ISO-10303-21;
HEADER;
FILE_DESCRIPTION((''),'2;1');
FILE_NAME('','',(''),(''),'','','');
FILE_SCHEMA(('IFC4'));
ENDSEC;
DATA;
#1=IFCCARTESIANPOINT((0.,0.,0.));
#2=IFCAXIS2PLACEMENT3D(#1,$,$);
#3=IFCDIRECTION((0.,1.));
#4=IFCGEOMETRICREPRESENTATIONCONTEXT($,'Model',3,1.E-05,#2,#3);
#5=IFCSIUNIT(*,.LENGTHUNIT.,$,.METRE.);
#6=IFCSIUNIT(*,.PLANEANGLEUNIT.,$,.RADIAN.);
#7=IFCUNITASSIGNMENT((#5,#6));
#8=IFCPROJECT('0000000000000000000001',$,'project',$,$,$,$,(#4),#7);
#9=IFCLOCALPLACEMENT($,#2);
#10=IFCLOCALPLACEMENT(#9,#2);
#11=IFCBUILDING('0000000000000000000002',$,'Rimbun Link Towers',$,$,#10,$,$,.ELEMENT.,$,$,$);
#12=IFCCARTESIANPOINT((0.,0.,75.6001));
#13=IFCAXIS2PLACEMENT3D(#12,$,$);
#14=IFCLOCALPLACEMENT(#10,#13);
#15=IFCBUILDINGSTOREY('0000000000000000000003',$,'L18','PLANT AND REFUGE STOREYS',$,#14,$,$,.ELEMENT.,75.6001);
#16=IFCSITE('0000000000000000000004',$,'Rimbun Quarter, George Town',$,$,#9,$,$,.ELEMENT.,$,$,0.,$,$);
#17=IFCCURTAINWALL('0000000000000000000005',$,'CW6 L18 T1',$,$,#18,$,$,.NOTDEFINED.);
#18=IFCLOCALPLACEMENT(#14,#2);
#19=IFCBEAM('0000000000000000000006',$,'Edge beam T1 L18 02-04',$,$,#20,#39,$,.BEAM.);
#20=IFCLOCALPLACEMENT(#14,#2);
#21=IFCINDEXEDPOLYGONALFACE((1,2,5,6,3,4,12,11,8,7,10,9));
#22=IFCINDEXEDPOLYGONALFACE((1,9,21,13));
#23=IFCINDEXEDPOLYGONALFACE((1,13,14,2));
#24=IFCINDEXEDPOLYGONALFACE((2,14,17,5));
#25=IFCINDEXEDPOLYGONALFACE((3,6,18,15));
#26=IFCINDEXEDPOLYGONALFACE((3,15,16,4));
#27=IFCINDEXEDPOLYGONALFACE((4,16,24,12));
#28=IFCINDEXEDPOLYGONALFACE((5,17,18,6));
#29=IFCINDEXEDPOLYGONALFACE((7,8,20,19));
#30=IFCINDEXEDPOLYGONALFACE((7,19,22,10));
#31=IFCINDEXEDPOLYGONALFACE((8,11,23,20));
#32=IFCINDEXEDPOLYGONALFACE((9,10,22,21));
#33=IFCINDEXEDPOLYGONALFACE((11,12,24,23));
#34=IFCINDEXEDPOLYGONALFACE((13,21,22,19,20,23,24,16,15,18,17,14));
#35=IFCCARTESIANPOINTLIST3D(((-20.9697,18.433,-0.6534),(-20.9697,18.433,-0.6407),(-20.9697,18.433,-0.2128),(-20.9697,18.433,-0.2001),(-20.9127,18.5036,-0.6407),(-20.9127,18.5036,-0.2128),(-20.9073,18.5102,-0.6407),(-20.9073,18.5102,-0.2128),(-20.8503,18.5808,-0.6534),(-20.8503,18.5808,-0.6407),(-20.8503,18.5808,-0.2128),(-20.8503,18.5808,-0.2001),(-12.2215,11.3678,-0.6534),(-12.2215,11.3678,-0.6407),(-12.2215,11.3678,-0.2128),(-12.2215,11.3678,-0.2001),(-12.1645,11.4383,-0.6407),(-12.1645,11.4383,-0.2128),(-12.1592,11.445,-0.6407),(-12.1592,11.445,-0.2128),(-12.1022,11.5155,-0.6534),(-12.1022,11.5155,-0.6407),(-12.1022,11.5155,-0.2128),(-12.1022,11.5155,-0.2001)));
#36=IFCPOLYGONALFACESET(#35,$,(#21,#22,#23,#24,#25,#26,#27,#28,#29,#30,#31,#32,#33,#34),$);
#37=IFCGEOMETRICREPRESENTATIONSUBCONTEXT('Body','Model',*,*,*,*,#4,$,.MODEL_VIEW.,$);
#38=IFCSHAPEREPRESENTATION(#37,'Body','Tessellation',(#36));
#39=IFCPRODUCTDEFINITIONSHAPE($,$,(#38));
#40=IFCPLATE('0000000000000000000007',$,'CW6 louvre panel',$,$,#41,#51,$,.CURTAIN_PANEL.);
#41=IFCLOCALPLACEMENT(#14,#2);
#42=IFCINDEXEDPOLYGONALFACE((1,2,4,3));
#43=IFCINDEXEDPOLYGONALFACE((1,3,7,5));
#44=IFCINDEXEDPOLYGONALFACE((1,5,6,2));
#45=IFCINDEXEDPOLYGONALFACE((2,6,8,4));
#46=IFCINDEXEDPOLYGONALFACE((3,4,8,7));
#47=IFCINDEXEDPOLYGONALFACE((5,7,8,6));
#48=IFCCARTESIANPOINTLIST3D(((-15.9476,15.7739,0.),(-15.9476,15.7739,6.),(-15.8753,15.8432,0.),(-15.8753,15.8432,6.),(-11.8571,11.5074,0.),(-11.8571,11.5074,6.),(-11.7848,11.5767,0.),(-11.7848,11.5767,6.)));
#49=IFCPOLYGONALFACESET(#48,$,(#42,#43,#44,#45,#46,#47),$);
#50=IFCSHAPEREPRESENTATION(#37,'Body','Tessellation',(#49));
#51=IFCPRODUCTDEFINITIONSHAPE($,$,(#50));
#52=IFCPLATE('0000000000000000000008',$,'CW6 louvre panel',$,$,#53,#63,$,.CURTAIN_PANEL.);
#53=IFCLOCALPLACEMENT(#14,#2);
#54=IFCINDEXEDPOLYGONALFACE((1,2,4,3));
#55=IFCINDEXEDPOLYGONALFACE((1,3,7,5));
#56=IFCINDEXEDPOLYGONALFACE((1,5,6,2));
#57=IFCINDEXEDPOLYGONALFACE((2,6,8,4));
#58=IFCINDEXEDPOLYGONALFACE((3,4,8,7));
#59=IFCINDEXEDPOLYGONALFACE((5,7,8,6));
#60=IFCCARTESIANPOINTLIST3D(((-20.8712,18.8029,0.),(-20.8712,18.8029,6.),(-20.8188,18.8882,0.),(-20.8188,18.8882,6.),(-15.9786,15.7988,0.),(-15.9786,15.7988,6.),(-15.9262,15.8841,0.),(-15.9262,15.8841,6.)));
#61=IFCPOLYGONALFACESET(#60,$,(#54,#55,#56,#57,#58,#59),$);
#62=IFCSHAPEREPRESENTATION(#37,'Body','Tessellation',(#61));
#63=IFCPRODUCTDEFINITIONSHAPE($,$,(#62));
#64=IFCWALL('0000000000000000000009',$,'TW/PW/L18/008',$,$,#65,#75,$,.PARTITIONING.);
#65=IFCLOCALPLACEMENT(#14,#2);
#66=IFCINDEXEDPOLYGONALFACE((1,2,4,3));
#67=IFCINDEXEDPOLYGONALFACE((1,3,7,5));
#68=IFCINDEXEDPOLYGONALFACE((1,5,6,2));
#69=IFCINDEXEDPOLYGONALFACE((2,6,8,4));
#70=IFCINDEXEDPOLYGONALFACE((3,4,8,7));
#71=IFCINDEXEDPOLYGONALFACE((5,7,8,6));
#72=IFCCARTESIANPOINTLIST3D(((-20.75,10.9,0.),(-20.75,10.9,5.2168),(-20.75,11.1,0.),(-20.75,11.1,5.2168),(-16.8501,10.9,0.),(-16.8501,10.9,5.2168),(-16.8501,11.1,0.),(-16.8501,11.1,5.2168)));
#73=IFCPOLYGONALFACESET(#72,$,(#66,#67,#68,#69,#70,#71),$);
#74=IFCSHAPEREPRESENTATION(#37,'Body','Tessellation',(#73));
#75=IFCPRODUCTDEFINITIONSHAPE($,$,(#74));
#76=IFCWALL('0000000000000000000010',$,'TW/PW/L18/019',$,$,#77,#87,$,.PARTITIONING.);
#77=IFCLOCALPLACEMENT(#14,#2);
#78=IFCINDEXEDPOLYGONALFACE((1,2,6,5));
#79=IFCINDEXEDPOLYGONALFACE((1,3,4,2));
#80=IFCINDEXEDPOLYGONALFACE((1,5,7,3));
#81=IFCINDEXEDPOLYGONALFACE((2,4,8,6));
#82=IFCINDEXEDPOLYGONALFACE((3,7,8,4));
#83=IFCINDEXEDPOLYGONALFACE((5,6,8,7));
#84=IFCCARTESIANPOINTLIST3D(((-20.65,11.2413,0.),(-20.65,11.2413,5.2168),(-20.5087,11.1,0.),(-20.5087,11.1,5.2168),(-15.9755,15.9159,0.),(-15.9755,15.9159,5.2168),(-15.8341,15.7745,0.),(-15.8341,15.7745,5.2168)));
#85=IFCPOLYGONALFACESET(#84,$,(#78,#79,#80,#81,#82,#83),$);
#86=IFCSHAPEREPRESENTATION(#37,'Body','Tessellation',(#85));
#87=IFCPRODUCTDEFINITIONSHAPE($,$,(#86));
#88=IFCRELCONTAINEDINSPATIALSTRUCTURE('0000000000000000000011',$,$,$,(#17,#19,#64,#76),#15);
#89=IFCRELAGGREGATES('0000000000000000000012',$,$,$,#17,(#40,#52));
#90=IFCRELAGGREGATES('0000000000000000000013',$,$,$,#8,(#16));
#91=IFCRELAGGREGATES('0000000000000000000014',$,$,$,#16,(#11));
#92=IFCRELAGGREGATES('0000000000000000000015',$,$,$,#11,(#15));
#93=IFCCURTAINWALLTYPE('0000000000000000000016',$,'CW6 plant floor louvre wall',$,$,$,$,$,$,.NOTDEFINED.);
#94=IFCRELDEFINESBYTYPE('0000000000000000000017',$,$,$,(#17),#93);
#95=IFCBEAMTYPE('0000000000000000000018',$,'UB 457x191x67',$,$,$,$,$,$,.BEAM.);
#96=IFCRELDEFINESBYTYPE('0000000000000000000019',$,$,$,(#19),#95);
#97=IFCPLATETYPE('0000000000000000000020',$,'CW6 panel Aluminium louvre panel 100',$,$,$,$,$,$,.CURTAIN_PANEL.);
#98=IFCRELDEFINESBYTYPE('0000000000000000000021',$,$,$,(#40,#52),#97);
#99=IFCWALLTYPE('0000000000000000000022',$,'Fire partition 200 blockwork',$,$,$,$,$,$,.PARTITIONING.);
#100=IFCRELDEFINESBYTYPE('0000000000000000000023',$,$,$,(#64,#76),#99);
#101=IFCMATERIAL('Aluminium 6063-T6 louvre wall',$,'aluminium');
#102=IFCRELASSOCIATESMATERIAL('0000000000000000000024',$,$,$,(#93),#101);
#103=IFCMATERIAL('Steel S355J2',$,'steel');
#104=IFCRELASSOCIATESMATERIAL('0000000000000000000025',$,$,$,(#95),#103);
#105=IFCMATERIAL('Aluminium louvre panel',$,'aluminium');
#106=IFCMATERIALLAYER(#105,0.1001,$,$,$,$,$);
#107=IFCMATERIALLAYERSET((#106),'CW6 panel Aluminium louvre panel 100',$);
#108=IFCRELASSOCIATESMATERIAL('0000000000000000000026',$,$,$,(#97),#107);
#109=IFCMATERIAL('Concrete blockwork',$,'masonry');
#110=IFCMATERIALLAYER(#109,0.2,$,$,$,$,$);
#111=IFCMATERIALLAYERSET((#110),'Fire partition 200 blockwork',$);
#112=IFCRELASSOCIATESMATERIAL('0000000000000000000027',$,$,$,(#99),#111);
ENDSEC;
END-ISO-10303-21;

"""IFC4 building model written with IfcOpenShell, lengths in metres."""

from ifc_helpers import new_model, si_unit, direction, frame, frame_2d, origin, origin_2d, place, context, subcontext, project, spatial, rectangle, i_section, extrude, material, layer, layer_set, material_profile, profile_set, type_object, element, aggregate, save


model = new_model("IFC4")

# Units and contexts
model_context = context("Model", 3, precision=1e-05, world=origin(), true_north=direction((0.0, 1.0)))
body_context = subcontext(model_context, "Body", "Model", "MODEL_VIEW")
ifc_project = project(units=[si_unit("LENGTHUNIT", "METRE"), si_unit("PLANEANGLEUNIT", "RADIAN")], contexts=[model_context])

# Site, building, storey
site_placement = place(None, origin())
site = spatial("IfcSite", under=ifc_project, at=site_placement, Name="Rimbun Quarter, George Town", CompositionType="ELEMENT", RefElevation=0.0)
building_placement = place(site_placement, origin())
building = spatial("IfcBuilding", under=site, at=building_placement, Name="Rimbun Link Towers", CompositionType="ELEMENT")
storey_placement = place(building_placement, frame((0.0, 0.0, 75.6001)))
storey = spatial("IfcBuildingStorey", under=building, at=storey_placement, Name="L18", Description="PLANT AND REFUGE STOREYS", CompositionType="ELEMENT", Elevation=75.6001)

# Curtain wall
ifc_material_1 = material(Name="Aluminium 6063-T6 louvre wall", Category="aluminium")
curtain_wall_type = type_object("IfcCurtainWallType", Name="CW6 plant floor louvre wall", PredefinedType="NOTDEFINED", material=ifc_material_1)
curtain_wall_placement = place(storey_placement, origin())
curtain_wall = element("IfcCurtainWall", 1, at=curtain_wall_placement, inside=storey, type_object=curtain_wall_type, Name="CW6 L18 T1", PredefinedType="NOTDEFINED")

# Beam
ifc_material_2 = material(Name="Steel S355J2", Category="steel")
ifc_material_profile_1 = material_profile(ifc_material_2, i_section(OverallWidth=0.1899, OverallDepth=0.4534, WebThickness=0.0085, FlangeThickness=0.0127, at=origin_2d()), Name="UB 457x191x67")
ifc_profile_set_1 = profile_set([ifc_material_profile_1], Name="Steel S355J2")
beam_type_1 = type_object("IfcBeamType", Name="UB 457x191x67", PredefinedType="BEAM", material=ifc_profile_set_1)
beam_1_placement = place(storey_placement, frame((-12.1619, 11.4417, -0.4268), z_axis=(-0.777965, 0.628308, 0.0), x_axis=(-0.628308, -0.777965, 0.0)))
element("IfcBeam", 2, at=beam_1_placement, inside=storey, type_object=beam_type_1, Name="Edge beam T1 L18 02-04", PredefinedType="BEAM", context=body_context, shape_type="SweptSolid", body=[
    extrude(i_section(OverallWidth=0.1899, OverallDepth=0.4534, WebThickness=0.0085, FlangeThickness=0.0127, at=origin_2d()), origin(), (0.0, 0.0, 1.0), 11.2449),
])

# Plates
ifc_material_3 = material(Name="Aluminium louvre panel", Category="aluminium")
ifc_layer_1 = layer(ifc_material_3, 0.1001)
ifc_layer_set_1 = layer_set([ifc_layer_1], Name="CW6 panel Aluminium louvre panel 100")
plate_type = type_object("IfcPlateType", Name="CW6 panel Aluminium louvre panel 100", PredefinedType="CURTAIN_PANEL", material=ifc_layer_set_1)
plate_1_placement = place(storey_placement, frame((-13.8662, 13.6753, 0.0), z_axis=(0.0, 0.0, 1.0), x_axis=(0.692061, -0.721839, 0.0)))
plate_1 = element("IfcPlate", 3, at=plate_1_placement, type_object=plate_type, Name="CW6 louvre panel", PredefinedType="CURTAIN_PANEL", context=body_context, shape_type="SweptSolid", body=[
    extrude(rectangle(XDim=5.9106, YDim=0.1001, at=origin_2d()), origin(), (0.0, 0.0, 1.0), 6.0),
])
plate_2_placement = place(storey_placement, frame((-18.3987, 17.3435, 0.0), z_axis=(0.0, 0.0, 1.0), x_axis=(0.852187, -0.523237, 0.0)))
plate_2 = element("IfcPlate", 4, at=plate_2_placement, type_object=plate_type, Name="CW6 louvre panel", PredefinedType="CURTAIN_PANEL", context=body_context, shape_type="SweptSolid", body=[
    extrude(rectangle(XDim=5.7412, YDim=0.1001, at=origin_2d()), origin(), (0.0, 0.0, 1.0), 6.0),
])
aggregate(curtain_wall, [plate_1, plate_2])

# Walls
ifc_material_4 = material(Name="Concrete blockwork", Category="masonry")
ifc_layer_2 = layer(ifc_material_4, 0.2)
ifc_layer_set_2 = layer_set([ifc_layer_2], Name="Fire partition 200 blockwork")
wall_type = type_object("IfcWallType", Name="Fire partition 200 blockwork", PredefinedType="PARTITIONING", material=ifc_layer_set_2)
wall_1_placement = place(storey_placement, frame((-16.8501, 11.0, 0.0), z_axis=(0.0, 0.0, 1.0), x_axis=(-1.0, 0.0, 0.0)))
element("IfcWall", 5, at=wall_1_placement, inside=storey, type_object=wall_type, Name="TW/PW/L18/008", PredefinedType="PARTITIONING", context=body_context, shape_type="SweptSolid", body=[
    extrude(rectangle(XDim=3.8999, YDim=0.2, at=frame_2d((1.95, 0.0))), origin(), (0.0, 0.0, 1.0), 5.2168),
])
wall_2_placement = place(storey_placement, frame((-15.9048, 15.8452, 0.0), z_axis=(0.0, 0.0, 1.0), x_axis=(-0.707107, -0.707107, 0.0)))
element("IfcWall", 6, at=wall_2_placement, inside=storey, type_object=wall_type, Name="TW/PW/L18/019", PredefinedType="PARTITIONING", context=body_context, shape_type="SweptSolid", body=[
    extrude(rectangle(XDim=6.6108, YDim=0.2, at=frame_2d((3.3054, 0.0))), origin(), (0.0, 0.0, 1.0), 5.2168),
])

save(model, "model.ifc")
